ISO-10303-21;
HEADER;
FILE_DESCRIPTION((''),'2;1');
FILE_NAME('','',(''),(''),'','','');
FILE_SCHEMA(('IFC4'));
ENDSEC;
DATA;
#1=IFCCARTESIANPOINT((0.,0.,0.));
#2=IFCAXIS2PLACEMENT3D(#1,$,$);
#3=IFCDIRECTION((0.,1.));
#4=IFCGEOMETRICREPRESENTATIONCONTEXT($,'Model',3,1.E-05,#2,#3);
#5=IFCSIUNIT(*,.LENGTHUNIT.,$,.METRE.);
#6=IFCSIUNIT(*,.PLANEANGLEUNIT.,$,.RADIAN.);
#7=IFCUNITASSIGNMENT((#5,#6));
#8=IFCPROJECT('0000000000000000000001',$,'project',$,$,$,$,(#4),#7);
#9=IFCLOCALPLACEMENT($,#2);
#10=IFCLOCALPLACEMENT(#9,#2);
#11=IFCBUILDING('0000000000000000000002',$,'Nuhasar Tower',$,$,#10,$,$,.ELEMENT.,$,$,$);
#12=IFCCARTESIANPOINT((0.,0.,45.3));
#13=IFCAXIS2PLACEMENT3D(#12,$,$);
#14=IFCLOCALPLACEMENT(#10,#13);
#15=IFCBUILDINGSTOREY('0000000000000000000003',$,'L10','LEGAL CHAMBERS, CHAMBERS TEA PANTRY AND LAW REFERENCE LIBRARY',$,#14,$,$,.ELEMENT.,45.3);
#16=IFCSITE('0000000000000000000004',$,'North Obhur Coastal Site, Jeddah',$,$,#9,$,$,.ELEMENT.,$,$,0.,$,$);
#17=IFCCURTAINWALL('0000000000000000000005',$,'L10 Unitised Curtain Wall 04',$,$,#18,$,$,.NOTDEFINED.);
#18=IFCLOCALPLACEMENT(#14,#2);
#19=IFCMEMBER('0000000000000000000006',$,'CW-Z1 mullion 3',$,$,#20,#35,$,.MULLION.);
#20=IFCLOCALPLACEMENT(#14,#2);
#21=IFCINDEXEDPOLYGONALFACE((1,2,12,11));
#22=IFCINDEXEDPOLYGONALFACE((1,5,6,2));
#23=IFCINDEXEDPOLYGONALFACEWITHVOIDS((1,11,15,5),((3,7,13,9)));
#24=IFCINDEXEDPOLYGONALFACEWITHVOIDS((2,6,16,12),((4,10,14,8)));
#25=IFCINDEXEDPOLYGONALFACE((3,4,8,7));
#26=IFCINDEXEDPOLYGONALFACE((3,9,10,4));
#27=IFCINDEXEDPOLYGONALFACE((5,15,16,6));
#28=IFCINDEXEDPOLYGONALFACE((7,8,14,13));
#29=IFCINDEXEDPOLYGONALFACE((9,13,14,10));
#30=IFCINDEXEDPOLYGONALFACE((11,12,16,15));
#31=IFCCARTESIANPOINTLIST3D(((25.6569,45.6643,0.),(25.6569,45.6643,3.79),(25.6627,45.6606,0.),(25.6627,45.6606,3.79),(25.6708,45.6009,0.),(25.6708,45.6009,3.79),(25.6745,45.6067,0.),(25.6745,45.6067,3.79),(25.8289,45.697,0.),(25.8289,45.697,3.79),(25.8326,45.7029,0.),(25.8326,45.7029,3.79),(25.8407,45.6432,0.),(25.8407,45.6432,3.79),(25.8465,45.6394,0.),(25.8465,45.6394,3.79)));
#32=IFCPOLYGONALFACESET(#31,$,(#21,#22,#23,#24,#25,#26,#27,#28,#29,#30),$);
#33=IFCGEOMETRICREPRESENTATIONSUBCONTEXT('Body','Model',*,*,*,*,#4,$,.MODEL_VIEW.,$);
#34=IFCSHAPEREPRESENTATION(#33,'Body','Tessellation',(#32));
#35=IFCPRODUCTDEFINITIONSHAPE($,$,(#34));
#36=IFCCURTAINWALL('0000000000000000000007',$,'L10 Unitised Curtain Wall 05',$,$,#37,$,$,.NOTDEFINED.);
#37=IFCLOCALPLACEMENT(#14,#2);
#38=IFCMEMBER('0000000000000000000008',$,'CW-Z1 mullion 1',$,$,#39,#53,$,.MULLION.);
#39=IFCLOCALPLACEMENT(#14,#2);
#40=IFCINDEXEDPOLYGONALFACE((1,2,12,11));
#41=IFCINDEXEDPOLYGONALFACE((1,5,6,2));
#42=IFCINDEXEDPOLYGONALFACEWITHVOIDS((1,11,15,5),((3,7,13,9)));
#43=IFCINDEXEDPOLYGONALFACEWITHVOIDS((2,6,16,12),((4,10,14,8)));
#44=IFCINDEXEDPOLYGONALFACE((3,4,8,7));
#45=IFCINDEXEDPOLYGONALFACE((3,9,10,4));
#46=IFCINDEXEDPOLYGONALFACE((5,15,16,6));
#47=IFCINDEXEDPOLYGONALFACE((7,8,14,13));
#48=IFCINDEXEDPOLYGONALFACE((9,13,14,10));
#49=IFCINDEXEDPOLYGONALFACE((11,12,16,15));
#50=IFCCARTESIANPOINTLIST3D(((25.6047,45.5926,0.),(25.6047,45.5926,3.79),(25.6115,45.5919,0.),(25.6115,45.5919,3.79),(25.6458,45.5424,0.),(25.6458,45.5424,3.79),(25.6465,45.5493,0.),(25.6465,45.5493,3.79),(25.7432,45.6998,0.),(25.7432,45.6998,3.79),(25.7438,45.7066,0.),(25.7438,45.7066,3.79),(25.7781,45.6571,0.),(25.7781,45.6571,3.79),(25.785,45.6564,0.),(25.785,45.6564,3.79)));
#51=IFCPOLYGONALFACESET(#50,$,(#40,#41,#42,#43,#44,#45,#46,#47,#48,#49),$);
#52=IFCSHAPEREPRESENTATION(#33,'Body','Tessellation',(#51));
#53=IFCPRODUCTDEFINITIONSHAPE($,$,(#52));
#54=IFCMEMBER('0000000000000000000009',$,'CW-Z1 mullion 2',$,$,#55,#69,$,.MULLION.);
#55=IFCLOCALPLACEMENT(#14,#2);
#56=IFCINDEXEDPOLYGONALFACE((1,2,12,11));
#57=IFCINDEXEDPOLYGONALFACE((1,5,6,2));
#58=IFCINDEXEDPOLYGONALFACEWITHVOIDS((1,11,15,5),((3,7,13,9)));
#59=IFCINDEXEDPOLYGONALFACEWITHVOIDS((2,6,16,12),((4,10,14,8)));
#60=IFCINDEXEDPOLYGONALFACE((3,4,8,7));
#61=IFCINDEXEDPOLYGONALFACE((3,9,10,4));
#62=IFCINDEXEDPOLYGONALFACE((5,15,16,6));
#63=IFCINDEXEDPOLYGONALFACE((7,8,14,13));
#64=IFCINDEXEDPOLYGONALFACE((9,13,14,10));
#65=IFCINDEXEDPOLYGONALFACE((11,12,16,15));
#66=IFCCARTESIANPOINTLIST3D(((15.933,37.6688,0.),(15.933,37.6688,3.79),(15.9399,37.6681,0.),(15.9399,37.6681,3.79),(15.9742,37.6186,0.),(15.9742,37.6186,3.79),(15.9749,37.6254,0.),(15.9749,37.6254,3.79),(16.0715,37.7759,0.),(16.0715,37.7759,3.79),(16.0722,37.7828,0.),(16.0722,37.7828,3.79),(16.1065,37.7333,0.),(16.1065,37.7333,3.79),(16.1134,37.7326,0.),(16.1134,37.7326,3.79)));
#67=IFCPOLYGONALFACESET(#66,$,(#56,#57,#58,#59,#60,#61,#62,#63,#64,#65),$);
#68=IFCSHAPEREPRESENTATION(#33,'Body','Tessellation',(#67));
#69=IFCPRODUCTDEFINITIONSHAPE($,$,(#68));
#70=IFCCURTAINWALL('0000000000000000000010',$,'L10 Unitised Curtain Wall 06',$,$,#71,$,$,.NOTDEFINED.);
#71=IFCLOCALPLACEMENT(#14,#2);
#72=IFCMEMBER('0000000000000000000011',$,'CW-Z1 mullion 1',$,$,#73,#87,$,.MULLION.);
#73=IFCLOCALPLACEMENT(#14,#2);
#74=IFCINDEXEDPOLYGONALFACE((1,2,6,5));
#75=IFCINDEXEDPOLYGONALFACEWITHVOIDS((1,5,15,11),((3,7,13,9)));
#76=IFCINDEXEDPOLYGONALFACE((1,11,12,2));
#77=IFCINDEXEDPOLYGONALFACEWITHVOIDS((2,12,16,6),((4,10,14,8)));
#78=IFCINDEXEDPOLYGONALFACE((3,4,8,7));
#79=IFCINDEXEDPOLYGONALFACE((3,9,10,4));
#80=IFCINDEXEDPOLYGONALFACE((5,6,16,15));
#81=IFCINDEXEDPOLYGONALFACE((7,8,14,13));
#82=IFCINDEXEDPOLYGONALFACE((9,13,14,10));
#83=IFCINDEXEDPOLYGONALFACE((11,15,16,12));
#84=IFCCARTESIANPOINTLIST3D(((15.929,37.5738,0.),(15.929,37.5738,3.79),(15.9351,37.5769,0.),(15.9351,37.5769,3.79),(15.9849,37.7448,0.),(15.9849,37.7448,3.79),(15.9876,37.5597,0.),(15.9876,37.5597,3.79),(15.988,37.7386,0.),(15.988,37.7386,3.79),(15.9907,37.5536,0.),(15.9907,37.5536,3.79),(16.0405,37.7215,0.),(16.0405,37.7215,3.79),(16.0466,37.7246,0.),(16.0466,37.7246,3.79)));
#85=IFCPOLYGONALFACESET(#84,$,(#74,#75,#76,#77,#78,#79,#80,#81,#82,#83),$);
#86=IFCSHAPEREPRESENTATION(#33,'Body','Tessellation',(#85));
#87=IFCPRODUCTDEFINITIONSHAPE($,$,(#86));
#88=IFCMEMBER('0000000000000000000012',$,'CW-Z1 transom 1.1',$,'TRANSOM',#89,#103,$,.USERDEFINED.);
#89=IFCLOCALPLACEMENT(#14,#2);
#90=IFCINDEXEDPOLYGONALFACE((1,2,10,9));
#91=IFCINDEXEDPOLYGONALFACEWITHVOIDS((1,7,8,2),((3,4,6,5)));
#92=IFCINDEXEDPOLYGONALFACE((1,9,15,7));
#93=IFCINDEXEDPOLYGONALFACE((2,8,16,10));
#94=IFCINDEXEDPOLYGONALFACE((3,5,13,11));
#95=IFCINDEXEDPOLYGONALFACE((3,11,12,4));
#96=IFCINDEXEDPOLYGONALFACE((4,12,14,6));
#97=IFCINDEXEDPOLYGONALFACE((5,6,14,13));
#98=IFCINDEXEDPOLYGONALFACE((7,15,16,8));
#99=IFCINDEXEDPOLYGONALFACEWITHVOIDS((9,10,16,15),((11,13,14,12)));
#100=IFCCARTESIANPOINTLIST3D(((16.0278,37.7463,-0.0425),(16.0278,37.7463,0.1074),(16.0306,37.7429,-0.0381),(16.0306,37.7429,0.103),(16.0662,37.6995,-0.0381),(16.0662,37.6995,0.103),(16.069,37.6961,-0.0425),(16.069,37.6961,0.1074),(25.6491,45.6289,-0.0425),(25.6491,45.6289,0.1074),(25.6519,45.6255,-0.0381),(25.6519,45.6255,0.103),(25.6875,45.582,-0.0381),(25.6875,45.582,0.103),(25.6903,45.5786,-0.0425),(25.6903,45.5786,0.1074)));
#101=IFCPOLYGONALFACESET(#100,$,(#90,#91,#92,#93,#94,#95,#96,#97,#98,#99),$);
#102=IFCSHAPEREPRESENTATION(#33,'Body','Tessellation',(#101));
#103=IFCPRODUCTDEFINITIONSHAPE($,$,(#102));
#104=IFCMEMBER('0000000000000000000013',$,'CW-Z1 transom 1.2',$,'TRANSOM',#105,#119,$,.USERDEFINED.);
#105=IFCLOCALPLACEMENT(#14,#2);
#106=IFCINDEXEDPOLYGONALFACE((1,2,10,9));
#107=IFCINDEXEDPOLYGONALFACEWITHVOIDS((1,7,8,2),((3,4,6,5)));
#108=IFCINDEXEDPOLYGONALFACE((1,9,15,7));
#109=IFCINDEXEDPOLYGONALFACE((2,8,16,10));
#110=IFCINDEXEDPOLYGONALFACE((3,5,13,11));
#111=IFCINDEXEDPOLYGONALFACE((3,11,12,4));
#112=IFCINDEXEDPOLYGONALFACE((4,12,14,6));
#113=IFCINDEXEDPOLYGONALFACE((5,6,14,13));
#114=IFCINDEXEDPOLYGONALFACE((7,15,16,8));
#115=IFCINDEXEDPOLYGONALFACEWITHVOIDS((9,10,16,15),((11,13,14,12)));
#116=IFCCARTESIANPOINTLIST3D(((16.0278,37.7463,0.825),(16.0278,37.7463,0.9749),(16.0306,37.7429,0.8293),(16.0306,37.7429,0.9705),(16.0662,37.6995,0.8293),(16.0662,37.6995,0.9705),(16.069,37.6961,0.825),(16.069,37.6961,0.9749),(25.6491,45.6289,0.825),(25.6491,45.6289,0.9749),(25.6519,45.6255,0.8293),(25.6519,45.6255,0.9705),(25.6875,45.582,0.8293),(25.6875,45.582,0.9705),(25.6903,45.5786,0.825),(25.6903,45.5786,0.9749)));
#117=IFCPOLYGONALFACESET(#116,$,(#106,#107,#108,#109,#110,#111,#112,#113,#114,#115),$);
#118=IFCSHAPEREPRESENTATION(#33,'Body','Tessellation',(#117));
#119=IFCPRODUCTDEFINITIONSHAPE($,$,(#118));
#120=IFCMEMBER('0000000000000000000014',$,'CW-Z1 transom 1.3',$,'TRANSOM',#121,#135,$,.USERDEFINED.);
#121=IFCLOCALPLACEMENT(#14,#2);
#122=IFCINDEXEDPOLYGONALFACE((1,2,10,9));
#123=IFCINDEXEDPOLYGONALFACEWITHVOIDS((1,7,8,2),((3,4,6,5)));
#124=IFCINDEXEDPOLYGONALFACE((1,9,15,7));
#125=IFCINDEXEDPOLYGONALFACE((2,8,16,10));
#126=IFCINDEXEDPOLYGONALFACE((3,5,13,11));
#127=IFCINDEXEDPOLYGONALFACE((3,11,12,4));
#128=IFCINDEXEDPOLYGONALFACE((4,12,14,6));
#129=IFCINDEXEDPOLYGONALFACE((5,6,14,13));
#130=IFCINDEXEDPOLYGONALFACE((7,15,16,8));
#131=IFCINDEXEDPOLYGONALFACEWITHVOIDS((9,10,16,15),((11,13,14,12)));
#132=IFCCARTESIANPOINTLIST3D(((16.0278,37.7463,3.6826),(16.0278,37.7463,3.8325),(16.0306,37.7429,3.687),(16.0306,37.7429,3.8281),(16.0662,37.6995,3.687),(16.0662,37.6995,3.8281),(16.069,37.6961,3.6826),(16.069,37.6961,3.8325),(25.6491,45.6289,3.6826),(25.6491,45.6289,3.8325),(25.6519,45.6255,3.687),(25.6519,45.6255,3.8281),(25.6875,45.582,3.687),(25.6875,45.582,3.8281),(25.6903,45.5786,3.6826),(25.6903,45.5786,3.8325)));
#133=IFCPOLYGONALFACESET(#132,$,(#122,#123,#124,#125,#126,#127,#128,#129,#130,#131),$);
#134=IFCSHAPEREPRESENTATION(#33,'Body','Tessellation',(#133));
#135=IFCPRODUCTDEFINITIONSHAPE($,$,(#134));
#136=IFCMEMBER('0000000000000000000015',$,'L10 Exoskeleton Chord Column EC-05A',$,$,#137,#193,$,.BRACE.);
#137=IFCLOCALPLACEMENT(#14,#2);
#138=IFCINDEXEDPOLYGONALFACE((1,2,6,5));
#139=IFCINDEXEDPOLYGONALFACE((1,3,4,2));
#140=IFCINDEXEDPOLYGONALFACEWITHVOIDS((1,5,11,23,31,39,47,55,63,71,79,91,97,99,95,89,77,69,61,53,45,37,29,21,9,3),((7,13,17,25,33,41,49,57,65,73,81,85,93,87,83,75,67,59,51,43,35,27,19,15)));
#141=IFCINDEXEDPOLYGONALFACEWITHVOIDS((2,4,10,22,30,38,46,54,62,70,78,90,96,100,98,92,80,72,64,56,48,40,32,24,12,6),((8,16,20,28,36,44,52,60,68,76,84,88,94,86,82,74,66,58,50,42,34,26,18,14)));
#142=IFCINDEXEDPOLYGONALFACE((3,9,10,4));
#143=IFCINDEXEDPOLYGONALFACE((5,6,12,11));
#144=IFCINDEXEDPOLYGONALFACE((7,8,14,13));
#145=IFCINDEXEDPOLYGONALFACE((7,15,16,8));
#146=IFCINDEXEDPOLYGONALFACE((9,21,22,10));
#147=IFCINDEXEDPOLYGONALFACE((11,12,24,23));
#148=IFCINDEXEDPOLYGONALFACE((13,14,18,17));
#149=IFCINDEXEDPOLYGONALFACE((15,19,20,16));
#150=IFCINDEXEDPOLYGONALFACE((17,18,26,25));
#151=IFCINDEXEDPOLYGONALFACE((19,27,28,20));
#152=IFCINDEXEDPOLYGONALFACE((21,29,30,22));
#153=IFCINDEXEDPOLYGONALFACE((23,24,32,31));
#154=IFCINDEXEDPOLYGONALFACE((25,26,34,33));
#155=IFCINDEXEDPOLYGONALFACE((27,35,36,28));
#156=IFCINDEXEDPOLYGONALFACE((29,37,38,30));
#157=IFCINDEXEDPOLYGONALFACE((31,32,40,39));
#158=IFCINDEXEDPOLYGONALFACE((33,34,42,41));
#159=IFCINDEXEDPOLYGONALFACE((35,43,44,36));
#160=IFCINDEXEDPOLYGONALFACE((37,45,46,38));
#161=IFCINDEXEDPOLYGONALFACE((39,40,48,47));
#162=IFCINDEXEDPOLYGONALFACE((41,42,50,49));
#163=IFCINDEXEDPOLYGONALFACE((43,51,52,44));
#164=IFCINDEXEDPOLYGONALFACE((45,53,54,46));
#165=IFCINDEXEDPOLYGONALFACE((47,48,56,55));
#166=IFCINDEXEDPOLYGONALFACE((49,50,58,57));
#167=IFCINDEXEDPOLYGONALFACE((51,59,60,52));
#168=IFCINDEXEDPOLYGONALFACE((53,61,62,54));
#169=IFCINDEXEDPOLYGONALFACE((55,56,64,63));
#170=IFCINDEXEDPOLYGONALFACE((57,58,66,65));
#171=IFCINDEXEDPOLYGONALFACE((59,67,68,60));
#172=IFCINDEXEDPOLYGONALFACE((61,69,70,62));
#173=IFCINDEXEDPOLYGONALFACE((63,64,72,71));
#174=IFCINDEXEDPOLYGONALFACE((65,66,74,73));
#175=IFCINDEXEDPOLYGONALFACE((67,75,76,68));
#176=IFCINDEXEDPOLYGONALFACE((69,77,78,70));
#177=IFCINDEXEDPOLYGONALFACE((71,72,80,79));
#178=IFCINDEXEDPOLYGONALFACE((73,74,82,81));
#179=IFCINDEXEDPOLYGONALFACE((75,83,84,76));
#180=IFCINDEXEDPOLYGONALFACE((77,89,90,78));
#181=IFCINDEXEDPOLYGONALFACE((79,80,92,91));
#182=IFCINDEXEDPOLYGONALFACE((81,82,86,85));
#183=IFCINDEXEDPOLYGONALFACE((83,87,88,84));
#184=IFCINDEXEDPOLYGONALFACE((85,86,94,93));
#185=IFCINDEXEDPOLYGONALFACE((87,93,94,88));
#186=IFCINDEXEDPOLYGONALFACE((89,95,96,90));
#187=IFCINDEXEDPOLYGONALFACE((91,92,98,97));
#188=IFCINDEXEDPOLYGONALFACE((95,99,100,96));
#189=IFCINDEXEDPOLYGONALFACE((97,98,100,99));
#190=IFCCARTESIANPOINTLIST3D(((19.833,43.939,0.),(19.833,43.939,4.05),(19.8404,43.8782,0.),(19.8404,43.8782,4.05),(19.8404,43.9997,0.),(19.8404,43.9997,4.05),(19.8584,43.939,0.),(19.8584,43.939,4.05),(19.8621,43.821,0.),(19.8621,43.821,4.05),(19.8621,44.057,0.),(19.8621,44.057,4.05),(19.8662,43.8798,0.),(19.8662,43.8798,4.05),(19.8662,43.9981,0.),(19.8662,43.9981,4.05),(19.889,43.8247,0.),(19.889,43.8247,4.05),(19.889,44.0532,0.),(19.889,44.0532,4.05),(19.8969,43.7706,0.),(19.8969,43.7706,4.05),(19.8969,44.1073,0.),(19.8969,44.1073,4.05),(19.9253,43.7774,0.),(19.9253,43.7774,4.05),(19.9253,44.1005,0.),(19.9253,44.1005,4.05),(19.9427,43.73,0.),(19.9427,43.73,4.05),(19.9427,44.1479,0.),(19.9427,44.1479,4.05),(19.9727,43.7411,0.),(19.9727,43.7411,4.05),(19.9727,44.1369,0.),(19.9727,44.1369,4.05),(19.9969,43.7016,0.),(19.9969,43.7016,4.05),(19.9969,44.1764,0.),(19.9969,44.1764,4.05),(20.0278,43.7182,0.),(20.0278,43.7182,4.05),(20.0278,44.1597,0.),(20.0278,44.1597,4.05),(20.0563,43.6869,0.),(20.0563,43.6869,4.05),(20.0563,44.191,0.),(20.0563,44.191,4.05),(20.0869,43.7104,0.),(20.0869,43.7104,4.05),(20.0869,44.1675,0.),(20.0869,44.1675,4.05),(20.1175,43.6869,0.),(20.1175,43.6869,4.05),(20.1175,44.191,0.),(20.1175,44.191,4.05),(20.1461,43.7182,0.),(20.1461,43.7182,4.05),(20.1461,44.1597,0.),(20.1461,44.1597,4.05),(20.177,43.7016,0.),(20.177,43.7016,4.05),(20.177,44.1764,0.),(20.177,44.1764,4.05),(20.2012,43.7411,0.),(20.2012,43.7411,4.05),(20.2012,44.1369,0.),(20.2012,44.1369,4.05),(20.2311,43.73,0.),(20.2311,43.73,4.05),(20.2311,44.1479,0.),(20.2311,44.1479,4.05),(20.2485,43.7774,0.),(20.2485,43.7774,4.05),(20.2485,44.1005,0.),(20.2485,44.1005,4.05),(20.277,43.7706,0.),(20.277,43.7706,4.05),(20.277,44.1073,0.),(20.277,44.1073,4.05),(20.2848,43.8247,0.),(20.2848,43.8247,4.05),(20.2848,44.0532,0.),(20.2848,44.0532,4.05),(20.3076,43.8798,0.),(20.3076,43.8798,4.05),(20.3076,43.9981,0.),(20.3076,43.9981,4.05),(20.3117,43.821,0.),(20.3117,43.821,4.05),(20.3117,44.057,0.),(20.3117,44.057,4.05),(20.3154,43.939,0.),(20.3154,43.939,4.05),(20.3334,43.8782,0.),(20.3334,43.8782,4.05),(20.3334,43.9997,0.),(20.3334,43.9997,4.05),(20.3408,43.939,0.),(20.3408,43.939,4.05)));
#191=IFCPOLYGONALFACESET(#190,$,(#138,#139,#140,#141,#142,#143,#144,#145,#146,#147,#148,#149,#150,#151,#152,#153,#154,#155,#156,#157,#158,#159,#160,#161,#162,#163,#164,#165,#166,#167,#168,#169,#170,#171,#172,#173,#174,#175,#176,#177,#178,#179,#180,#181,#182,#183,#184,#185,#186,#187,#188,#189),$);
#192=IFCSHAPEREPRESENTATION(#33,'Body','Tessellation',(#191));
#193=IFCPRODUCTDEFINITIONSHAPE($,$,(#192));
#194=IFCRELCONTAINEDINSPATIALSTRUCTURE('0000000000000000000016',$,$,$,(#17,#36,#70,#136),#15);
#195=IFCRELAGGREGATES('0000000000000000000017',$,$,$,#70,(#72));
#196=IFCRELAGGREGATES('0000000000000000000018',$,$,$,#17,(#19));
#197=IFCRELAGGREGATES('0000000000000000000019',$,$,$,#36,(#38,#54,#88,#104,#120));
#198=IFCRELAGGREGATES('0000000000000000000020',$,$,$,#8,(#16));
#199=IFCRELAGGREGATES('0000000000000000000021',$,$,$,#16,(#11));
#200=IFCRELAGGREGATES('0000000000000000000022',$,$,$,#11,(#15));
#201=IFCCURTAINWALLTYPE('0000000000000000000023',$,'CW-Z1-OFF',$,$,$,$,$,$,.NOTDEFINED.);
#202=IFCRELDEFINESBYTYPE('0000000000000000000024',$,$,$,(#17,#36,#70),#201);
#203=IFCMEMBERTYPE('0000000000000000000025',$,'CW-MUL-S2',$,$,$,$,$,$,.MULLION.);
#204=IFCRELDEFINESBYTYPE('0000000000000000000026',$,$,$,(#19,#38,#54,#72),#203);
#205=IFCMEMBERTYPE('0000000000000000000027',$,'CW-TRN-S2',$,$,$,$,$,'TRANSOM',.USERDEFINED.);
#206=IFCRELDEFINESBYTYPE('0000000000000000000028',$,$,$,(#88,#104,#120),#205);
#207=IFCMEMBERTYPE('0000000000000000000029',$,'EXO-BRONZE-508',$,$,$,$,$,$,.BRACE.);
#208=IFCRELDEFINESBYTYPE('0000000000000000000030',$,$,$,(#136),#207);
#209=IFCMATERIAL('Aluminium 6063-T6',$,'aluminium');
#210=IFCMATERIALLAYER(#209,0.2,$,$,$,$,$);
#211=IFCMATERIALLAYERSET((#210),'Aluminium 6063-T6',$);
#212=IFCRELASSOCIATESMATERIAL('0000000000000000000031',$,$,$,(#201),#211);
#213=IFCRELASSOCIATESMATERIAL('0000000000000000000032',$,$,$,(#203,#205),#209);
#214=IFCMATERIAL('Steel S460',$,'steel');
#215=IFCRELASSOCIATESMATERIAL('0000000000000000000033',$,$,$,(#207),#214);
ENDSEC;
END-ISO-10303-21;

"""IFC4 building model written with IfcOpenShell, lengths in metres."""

from ifc_helpers import new_model, si_unit, direction, frame, origin, origin_2d, place, context, subcontext, project, spatial, hollow_rectangle, hollow_circle, extrude, material, layer, layer_set, material_profile, profile_set, type_object, element, aggregate, save


model = new_model("IFC4")

# Units and contexts
model_context = context("Model", 3, precision=1e-05, world=origin(), true_north=direction((0.0, 1.0)))
body_context = subcontext(model_context, "Body", "Model", "MODEL_VIEW")
ifc_project = project(units=[si_unit("LENGTHUNIT", "METRE"), si_unit("PLANEANGLEUNIT", "RADIAN")], contexts=[model_context])

# Site, building, storey
site_placement = place(None, origin())
site = spatial("IfcSite", under=ifc_project, at=site_placement, Name="North Obhur Coastal Site, Jeddah", CompositionType="ELEMENT", RefElevation=0.0)
building_placement = place(site_placement, origin())
building = spatial("IfcBuilding", under=site, at=building_placement, Name="Nuhasar Tower", CompositionType="ELEMENT")
storey_placement = place(building_placement, frame((0.0, 0.0, 45.3)))
storey = spatial("IfcBuildingStorey", under=building, at=storey_placement, Name="L10", Description="LEGAL CHAMBERS, CHAMBERS TEA PANTRY AND LAW REFERENCE LIBRARY", CompositionType="ELEMENT", Elevation=45.3)

# Curtain wall, member
ifc_material_1 = material(Name="Aluminium 6063-T6", Category="aluminium")
ifc_layer_1 = layer(ifc_material_1, 0.2)
ifc_layer_set_1 = layer_set([ifc_layer_1], Name="Aluminium 6063-T6")
curtain_wall_type = type_object("IfcCurtainWallType", Name="CW-Z1-OFF", PredefinedType="NOTDEFINED", material=ifc_layer_set_1)
curtain_wall_1_placement = place(storey_placement, origin())
curtain_wall_1 = element("IfcCurtainWall", 1, at=curtain_wall_1_placement, inside=storey, type_object=curtain_wall_type, Name="L10 Unitised Curtain Wall 04", PredefinedType="NOTDEFINED")
ifc_material_profile_1 = material_profile(ifc_material_1, hollow_rectangle(XDim=0.0649, YDim=0.1799, WallThickness=0.0049, at=origin_2d()), Name="CWM-2")
ifc_profile_set_1 = profile_set([ifc_material_profile_1], Name="Aluminium 6063-T6")
member_type_1 = type_object("IfcMemberType", Name="CW-MUL-S2", PredefinedType="MULLION", material=ifc_profile_set_1)
member_1_placement = place(storey_placement, frame((25.7517, 45.6519, 0.0), z_axis=(0.0, 0.0, 1.0), x_axis=(0.214399, -0.976746, 0.0)))
member_1 = element("IfcMember", 2, at=member_1_placement, type_object=member_type_1, Name="CW-Z1 mullion 3", PredefinedType="MULLION", context=body_context, shape_type="SweptSolid", body=[
    extrude(hollow_rectangle(XDim=0.0649, YDim=0.1799, WallThickness=0.0049, at=origin_2d()), origin(), (0.0, 0.0, 1.0), 3.79),
])

# Curtain wall, members
curtain_wall_2_placement = place(storey_placement, origin())
curtain_wall_2 = element("IfcCurtainWall", 3, at=curtain_wall_2_placement, inside=storey, type_object=curtain_wall_type, Name="L10 Unitised Curtain Wall 05", PredefinedType="NOTDEFINED")
member_2_placement = place(storey_placement, frame((25.6948, 45.6245, 0.0), z_axis=(0.0, 0.0, 1.0), x_axis=(0.633745, -0.773542, 0.0)))
member_2 = element("IfcMember", 4, at=member_2_placement, type_object=member_type_1, Name="CW-Z1 mullion 1", PredefinedType="MULLION", context=body_context, shape_type="SweptSolid", body=[
    extrude(hollow_rectangle(XDim=0.0649, YDim=0.1799, WallThickness=0.0049, at=origin_2d()), origin(), (0.0, 0.0, 1.0), 3.79),
])
member_3_placement = place(storey_placement, frame((16.0232, 37.7007, 0.0), z_axis=(0.0, 0.0, 1.0), x_axis=(0.633745, -0.773542, 0.0)))
member_3 = element("IfcMember", 5, at=member_3_placement, type_object=member_type_1, Name="CW-Z1 mullion 2", PredefinedType="MULLION", context=body_context, shape_type="SweptSolid", body=[
    extrude(hollow_rectangle(XDim=0.0649, YDim=0.1799, WallThickness=0.0049, at=origin_2d()), origin(), (0.0, 0.0, 1.0), 3.79),
])

# Curtain wall, member
curtain_wall_3_placement = place(storey_placement, origin())
curtain_wall_3 = element("IfcCurtainWall", 6, at=curtain_wall_3_placement, inside=storey, type_object=curtain_wall_type, Name="L10 Unitised Curtain Wall 06", PredefinedType="NOTDEFINED")
member_4_placement = place(storey_placement, frame((15.9878, 37.6492, 0.0), z_axis=(0.0, 0.0, 1.0), x_axis=(0.950468, -0.310824, 0.0)))
member_4 = element("IfcMember", 7, at=member_4_placement, type_object=member_type_1, Name="CW-Z1 mullion 1", PredefinedType="MULLION", context=body_context, shape_type="SweptSolid", body=[
    extrude(hollow_rectangle(XDim=0.0649, YDim=0.1799, WallThickness=0.0049, at=origin_2d()), origin(), (0.0, 0.0, 1.0), 3.79),
])
aggregate(curtain_wall_3, [member_4])

# Members
ifc_material_profile_2 = material_profile(ifc_material_1, hollow_rectangle(XDim=0.0649, YDim=0.1499, WallThickness=0.0044, at=origin_2d()), Name="CWT-2")
ifc_profile_set_2 = profile_set([ifc_material_profile_2], Name="Aluminium 6063-T6")
member_type_2 = type_object("IfcMemberType", Name="CW-TRN-S2", ElementType="TRANSOM", PredefinedType="USERDEFINED", material=ifc_profile_set_2)
member_5_placement = place(storey_placement, frame((25.6697, 45.6038, 0.0325), z_axis=(-0.773541, -0.633746, 0.0), x_axis=(0.633746, -0.773541, 0.0)))
member_5 = element("IfcMember", 8, at=member_5_placement, type_object=member_type_2, Name="CW-Z1 transom 1.1", ObjectType="TRANSOM", PredefinedType="USERDEFINED", context=body_context, shape_type="SweptSolid", body=[
    extrude(hollow_rectangle(XDim=0.0649, YDim=0.1499, WallThickness=0.0044, at=origin_2d()), origin(), (0.0, 0.0, 1.0), 12.438),
])
member_6_placement = place(storey_placement, frame((25.6697, 45.6038, 0.8999), z_axis=(-0.773541, -0.633746, 0.0), x_axis=(0.633746, -0.773541, 0.0)))
member_6 = element("IfcMember", 9, at=member_6_placement, type_object=member_type_2, Name="CW-Z1 transom 1.2", ObjectType="TRANSOM", PredefinedType="USERDEFINED", context=body_context, shape_type="SweptSolid", body=[
    extrude(hollow_rectangle(XDim=0.0649, YDim=0.1499, WallThickness=0.0044, at=origin_2d()), origin(), (0.0, 0.0, 1.0), 12.438),
])
member_7_placement = place(storey_placement, frame((25.6697, 45.6038, 3.7576), z_axis=(-0.773541, -0.633746, 0.0), x_axis=(0.633746, -0.773541, 0.0)))
member_7 = element("IfcMember", 10, at=member_7_placement, type_object=member_type_2, Name="CW-Z1 transom 1.3", ObjectType="TRANSOM", PredefinedType="USERDEFINED", context=body_context, shape_type="SweptSolid", body=[
    extrude(hollow_rectangle(XDim=0.0649, YDim=0.1499, WallThickness=0.0044, at=origin_2d()), origin(), (0.0, 0.0, 1.0), 12.438),
])

# Member
ifc_material_2 = material(Name="Steel S460", Category="steel")
ifc_material_profile_3 = material_profile(ifc_material_2, hollow_circle(Radius=0.2539, WallThickness=0.0254, at=origin_2d()), Name="HSS508X25.4")
ifc_profile_set_3 = profile_set([ifc_material_profile_3], Name="Steel S460")
member_type_3 = type_object("IfcMemberType", Name="EXO-BRONZE-508", PredefinedType="BRACE", material=ifc_profile_set_3)
for number, where, z_axis, x_axis, name in (
    (11, (20.0869, 43.939, 0.0), (0.0, 0.0, 1.0), (1.0, 0.0, 0.0), "L10 Exoskeleton Chord Column EC-05A"),
):
    element("IfcMember", number, at=place(storey_placement, frame(where, z_axis=z_axis, x_axis=x_axis)), inside=storey, type_object=member_type_3, Name=name, PredefinedType="BRACE", context=body_context, shape_type="SweptSolid", body=[
        extrude(hollow_circle(Radius=0.2539, WallThickness=0.0254, at=origin_2d()), origin(), (0.0, 0.0, 1.0), 4.05),
    ])

aggregate(curtain_wall_1, [member_1])
aggregate(curtain_wall_2, [member_2, member_3, member_5, member_6, member_7])

save(model, "model.ifc")
